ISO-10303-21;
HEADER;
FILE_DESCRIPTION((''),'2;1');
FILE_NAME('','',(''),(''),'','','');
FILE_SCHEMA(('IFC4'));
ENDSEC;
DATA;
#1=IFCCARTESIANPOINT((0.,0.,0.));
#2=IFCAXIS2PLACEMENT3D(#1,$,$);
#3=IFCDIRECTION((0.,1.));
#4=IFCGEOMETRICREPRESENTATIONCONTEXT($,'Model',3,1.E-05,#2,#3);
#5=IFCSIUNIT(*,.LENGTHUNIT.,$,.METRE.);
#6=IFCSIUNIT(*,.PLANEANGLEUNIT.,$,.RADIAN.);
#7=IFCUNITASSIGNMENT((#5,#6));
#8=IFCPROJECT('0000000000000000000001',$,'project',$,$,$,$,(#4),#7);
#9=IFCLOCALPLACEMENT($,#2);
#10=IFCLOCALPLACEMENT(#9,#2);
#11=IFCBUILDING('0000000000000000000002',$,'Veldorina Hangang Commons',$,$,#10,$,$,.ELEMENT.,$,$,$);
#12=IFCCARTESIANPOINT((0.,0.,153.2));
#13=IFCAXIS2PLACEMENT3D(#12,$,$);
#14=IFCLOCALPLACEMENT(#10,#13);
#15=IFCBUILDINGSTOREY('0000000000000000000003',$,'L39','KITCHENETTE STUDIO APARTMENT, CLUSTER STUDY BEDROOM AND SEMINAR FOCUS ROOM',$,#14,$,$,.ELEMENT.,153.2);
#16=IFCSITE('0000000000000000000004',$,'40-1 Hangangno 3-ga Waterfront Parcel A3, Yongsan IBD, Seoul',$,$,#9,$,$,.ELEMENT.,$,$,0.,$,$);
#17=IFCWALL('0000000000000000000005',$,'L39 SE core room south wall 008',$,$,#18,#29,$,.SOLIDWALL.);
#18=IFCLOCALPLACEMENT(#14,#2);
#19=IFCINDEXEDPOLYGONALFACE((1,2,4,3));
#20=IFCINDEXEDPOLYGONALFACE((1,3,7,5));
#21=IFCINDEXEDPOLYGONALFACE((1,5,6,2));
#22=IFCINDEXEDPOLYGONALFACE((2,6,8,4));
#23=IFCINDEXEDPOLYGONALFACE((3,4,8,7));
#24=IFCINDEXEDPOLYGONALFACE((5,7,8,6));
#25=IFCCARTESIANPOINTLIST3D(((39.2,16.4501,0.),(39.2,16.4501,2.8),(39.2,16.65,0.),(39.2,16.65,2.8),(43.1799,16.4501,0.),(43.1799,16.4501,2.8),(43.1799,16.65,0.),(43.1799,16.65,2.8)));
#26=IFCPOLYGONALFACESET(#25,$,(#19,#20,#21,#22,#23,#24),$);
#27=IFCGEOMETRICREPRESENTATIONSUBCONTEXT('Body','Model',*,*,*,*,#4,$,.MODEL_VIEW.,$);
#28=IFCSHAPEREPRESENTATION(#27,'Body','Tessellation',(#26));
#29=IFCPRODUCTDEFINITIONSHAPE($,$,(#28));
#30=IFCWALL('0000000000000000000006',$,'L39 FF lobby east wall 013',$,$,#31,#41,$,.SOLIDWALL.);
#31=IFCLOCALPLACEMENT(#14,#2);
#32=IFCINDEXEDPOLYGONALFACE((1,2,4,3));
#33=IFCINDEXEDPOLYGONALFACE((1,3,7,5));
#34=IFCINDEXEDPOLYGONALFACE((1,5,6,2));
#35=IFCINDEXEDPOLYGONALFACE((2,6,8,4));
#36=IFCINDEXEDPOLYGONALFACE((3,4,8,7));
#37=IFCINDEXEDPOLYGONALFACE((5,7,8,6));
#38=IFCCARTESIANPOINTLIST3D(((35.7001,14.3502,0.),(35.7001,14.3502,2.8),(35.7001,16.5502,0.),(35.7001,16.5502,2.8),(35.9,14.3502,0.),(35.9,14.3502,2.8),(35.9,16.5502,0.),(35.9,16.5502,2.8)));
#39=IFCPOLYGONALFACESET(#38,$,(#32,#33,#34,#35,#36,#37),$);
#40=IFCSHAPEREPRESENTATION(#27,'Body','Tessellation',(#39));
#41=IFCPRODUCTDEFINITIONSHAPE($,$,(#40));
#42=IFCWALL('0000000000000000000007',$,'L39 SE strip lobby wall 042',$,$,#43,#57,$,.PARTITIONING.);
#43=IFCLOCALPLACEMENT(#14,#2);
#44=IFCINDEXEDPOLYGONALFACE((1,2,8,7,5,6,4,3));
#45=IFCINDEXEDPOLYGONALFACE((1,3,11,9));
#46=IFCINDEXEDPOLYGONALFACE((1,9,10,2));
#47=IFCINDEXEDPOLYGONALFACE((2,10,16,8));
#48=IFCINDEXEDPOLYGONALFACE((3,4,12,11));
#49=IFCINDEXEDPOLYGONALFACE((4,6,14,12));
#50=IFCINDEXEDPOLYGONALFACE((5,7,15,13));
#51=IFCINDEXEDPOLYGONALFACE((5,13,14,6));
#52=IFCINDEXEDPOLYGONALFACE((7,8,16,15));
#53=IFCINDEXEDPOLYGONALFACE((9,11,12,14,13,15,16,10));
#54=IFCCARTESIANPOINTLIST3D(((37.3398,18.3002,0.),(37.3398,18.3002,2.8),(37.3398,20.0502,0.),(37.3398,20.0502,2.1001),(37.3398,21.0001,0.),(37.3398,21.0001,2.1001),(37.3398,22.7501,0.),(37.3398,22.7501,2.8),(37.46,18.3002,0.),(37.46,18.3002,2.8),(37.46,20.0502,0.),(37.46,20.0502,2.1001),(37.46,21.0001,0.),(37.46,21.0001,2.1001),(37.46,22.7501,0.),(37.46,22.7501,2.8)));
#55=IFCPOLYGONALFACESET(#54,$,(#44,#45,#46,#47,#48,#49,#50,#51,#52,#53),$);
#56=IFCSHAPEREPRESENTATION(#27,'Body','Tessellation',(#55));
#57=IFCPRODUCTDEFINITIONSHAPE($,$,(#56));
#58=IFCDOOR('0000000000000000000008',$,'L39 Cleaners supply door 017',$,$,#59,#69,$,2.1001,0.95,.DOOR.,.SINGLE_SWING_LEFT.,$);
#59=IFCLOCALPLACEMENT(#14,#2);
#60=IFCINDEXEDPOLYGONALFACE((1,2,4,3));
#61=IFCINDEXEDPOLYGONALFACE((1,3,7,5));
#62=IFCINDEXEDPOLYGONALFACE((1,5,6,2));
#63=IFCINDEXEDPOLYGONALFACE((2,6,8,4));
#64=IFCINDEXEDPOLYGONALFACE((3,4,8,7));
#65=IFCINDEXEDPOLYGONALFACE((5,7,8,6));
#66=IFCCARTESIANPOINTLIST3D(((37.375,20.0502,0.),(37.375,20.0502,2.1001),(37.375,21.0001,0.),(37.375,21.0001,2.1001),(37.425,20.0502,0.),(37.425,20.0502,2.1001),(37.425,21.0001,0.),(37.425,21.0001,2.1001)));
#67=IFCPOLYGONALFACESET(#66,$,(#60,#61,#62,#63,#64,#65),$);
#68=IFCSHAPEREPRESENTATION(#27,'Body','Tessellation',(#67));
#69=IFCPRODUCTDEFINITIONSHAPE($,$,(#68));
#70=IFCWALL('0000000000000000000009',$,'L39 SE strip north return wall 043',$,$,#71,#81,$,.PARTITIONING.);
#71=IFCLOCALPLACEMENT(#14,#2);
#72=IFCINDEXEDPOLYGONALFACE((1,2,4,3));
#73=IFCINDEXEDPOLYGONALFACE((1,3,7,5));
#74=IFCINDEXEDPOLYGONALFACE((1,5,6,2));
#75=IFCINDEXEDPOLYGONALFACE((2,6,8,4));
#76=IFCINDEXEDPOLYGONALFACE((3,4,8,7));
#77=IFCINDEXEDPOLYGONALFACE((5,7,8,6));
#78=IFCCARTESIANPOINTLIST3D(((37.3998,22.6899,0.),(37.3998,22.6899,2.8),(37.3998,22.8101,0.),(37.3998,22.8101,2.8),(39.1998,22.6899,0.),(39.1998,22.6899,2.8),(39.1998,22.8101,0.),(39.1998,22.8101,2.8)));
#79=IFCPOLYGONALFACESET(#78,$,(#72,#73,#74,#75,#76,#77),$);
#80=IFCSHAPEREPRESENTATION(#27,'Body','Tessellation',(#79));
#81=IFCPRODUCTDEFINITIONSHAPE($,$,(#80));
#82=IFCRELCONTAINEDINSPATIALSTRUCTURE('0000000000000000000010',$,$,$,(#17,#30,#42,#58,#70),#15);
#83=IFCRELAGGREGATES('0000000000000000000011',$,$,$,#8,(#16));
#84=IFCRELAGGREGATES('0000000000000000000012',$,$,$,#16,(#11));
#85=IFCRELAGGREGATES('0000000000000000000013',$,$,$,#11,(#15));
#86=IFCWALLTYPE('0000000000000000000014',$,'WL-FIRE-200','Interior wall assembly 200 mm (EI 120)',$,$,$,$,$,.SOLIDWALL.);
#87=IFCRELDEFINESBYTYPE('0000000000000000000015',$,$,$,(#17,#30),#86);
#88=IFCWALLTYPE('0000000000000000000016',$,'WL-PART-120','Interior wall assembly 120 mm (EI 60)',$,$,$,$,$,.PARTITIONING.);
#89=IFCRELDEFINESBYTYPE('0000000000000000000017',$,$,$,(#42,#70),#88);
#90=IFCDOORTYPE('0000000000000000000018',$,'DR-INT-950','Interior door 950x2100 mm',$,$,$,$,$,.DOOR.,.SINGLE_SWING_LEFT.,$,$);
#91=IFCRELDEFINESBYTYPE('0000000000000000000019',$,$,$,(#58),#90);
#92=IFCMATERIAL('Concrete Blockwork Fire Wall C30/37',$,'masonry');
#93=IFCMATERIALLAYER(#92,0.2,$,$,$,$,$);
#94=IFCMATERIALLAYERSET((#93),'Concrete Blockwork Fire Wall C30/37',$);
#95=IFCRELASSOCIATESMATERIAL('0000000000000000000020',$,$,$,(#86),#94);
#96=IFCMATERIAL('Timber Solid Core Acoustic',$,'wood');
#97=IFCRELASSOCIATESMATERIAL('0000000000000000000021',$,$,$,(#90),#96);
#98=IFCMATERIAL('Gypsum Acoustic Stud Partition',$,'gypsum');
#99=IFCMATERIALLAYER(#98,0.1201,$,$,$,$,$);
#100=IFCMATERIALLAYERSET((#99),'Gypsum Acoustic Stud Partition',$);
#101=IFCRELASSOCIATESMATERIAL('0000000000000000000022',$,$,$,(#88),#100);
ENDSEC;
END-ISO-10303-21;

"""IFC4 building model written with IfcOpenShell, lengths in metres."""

from ifc_helpers import new_model, si_unit, direction, frame, frame_2d, origin, place, context, subcontext, project, spatial, rectangle, extrude, material, layer, layer_set, type_object, element, fill, save


model = new_model("IFC4")

# Units and contexts
model_context = context("Model", 3, precision=1e-05, world=origin(), true_north=direction((0.0, 1.0)))
body_context = subcontext(model_context, "Body", "Model", "MODEL_VIEW")
ifc_project = project(units=[si_unit("LENGTHUNIT", "METRE"), si_unit("PLANEANGLEUNIT", "RADIAN")], contexts=[model_context])

# Site, building, storey
site_placement = place(None, origin())
site = spatial("IfcSite", under=ifc_project, at=site_placement, Name="40-1 Hangangno 3-ga Waterfront Parcel A3, Yongsan IBD, Seoul", CompositionType="ELEMENT", RefElevation=0.0)
building_placement = place(site_placement, origin())
building = spatial("IfcBuilding", under=site, at=building_placement, Name="Veldorina Hangang Commons", CompositionType="ELEMENT")
storey_placement = place(building_placement, frame((0.0, 0.0, 153.2)))
storey = spatial("IfcBuildingStorey", under=building, at=storey_placement, Name="L39", Description="KITCHENETTE STUDIO APARTMENT, CLUSTER STUDY BEDROOM AND SEMINAR FOCUS ROOM", CompositionType="ELEMENT", Elevation=153.2)

# Shared definitions
ifc_material_1 = material(Name="Concrete Blockwork Fire Wall C30/37", Category="masonry")
ifc_layer_1 = layer(ifc_material_1, 0.2)
ifc_layer_set_1 = layer_set([ifc_layer_1], Name="Concrete Blockwork Fire Wall C30/37")
wall_type_1 = type_object("IfcWallType", Name="WL-FIRE-200", Description="Interior wall assembly 200 mm (EI 120)", PredefinedType="SOLIDWALL", material=ifc_layer_set_1)
ifc_material_2 = material(Name="Timber Solid Core Acoustic", Category="wood")
door_type_1 = type_object("IfcDoorType", Name="DR-INT-950", Description="Interior door 950x2100 mm", OperationType="SINGLE_SWING_LEFT", PredefinedType="DOOR", material=ifc_material_2)

# Walls
wall_1_placement = place(storey_placement, frame((39.2, 16.55, 0.0), z_axis=(0.0, 0.0, 1.0), x_axis=(1.0, 0.0, 0.0)))
element("IfcWall", 1, at=wall_1_placement, inside=storey, type_object=wall_type_1, Name="L39 SE core room south wall 008", PredefinedType="SOLIDWALL", context=body_context, shape_type="SweptSolid", body=[
    extrude(rectangle(XDim=3.98, YDim=0.2, at=frame_2d((1.99, 0.0))), origin(), (0.0, 0.0, 1.0), 2.8),
])
wall_2_placement = place(storey_placement, frame((35.8, 14.3501, 0.0), z_axis=(0.0, 0.0, 1.0), x_axis=(0.0, 1.0, 0.0)))
element("IfcWall", 2, at=wall_2_placement, inside=storey, type_object=wall_type_1, Name="L39 FF lobby east wall 013", PredefinedType="SOLIDWALL", context=body_context, shape_type="SweptSolid", body=[
    extrude(rectangle(XDim=2.2, YDim=0.2, at=frame_2d((1.1001, 0.0))), origin(), (0.0, 0.0, 1.0), 2.8),
])

# Wall, opening, door
ifc_material_3 = material(Name="Gypsum Acoustic Stud Partition", Category="gypsum")
ifc_layer_2 = layer(ifc_material_3, 0.1201)
ifc_layer_set_2 = layer_set([ifc_layer_2], Name="Gypsum Acoustic Stud Partition")
wall_type_2 = type_object("IfcWallType", Name="WL-PART-120", Description="Interior wall assembly 120 mm (EI 60)", PredefinedType="PARTITIONING", material=ifc_layer_set_2)
wall_3_placement = place(storey_placement, frame((37.3999, 18.3, 0.0), z_axis=(0.0, 0.0, 1.0), x_axis=(0.0, 1.0, 0.0)))
wall_3 = element("IfcWall", 3, at=wall_3_placement, inside=storey, type_object=wall_type_2, Name="L39 SE strip lobby wall 042", PredefinedType="PARTITIONING", context=body_context, shape_type="SweptSolid", body=[
    extrude(rectangle(XDim=4.45, YDim=0.1201, at=frame_2d((2.2251, 0.0))), origin(), (0.0, 0.0, 1.0), 2.8),
])
opening_1_placement = place(wall_3_placement, frame((1.75, 0.0, 0.0)))
opening_1 = element("IfcOpeningElement", 4, at=opening_1_placement, cuts=wall_3, PredefinedType="OPENING", context=body_context, shape_type="SweptSolid", body=[
    extrude(rectangle(XDim=0.95, YDim=2.1001, at=frame_2d((0.4751, 1.05))), frame((0.0, 0.0701, 0.0), z_axis=(0.0, -1.0, 0.0), x_axis=(1.0, 0.0, 0.0)), (0.0, 0.0, 1.0), 0.1401),
])
door_1_placement = place(opening_1_placement, origin())
door_1 = element("IfcDoor", 5, at=door_1_placement, inside=storey, type_object=door_type_1, Name="L39 Cleaners supply door 017", OperationType="SINGLE_SWING_LEFT", OverallHeight=2.1001, OverallWidth=0.95, PredefinedType="DOOR", context=body_context, shape_type="SweptSolid", body=[
    extrude(rectangle(XDim=0.95, YDim=2.1001, at=frame_2d((0.4751, 1.05))), frame((0.0, 0.0249, 0.0), z_axis=(0.0, -1.0, 0.0), x_axis=(1.0, 0.0, 0.0)), (0.0, 0.0, 1.0), 0.05),
])
fill(opening_1, door_1)

# Wall
wall_4_placement = place(storey_placement, frame((37.3999, 22.75, 0.0), z_axis=(0.0, 0.0, 1.0), x_axis=(1.0, 0.0, 0.0)))
element("IfcWall", 6, at=wall_4_placement, inside=storey, type_object=wall_type_2, Name="L39 SE strip north return wall 043", PredefinedType="PARTITIONING", context=body_context, shape_type="SweptSolid", body=[
    extrude(rectangle(XDim=1.8, YDim=0.1201, at=frame_2d((0.8999, 0.0))), origin(), (0.0, 0.0, 1.0), 2.8),
])

save(model, "model.ifc")
